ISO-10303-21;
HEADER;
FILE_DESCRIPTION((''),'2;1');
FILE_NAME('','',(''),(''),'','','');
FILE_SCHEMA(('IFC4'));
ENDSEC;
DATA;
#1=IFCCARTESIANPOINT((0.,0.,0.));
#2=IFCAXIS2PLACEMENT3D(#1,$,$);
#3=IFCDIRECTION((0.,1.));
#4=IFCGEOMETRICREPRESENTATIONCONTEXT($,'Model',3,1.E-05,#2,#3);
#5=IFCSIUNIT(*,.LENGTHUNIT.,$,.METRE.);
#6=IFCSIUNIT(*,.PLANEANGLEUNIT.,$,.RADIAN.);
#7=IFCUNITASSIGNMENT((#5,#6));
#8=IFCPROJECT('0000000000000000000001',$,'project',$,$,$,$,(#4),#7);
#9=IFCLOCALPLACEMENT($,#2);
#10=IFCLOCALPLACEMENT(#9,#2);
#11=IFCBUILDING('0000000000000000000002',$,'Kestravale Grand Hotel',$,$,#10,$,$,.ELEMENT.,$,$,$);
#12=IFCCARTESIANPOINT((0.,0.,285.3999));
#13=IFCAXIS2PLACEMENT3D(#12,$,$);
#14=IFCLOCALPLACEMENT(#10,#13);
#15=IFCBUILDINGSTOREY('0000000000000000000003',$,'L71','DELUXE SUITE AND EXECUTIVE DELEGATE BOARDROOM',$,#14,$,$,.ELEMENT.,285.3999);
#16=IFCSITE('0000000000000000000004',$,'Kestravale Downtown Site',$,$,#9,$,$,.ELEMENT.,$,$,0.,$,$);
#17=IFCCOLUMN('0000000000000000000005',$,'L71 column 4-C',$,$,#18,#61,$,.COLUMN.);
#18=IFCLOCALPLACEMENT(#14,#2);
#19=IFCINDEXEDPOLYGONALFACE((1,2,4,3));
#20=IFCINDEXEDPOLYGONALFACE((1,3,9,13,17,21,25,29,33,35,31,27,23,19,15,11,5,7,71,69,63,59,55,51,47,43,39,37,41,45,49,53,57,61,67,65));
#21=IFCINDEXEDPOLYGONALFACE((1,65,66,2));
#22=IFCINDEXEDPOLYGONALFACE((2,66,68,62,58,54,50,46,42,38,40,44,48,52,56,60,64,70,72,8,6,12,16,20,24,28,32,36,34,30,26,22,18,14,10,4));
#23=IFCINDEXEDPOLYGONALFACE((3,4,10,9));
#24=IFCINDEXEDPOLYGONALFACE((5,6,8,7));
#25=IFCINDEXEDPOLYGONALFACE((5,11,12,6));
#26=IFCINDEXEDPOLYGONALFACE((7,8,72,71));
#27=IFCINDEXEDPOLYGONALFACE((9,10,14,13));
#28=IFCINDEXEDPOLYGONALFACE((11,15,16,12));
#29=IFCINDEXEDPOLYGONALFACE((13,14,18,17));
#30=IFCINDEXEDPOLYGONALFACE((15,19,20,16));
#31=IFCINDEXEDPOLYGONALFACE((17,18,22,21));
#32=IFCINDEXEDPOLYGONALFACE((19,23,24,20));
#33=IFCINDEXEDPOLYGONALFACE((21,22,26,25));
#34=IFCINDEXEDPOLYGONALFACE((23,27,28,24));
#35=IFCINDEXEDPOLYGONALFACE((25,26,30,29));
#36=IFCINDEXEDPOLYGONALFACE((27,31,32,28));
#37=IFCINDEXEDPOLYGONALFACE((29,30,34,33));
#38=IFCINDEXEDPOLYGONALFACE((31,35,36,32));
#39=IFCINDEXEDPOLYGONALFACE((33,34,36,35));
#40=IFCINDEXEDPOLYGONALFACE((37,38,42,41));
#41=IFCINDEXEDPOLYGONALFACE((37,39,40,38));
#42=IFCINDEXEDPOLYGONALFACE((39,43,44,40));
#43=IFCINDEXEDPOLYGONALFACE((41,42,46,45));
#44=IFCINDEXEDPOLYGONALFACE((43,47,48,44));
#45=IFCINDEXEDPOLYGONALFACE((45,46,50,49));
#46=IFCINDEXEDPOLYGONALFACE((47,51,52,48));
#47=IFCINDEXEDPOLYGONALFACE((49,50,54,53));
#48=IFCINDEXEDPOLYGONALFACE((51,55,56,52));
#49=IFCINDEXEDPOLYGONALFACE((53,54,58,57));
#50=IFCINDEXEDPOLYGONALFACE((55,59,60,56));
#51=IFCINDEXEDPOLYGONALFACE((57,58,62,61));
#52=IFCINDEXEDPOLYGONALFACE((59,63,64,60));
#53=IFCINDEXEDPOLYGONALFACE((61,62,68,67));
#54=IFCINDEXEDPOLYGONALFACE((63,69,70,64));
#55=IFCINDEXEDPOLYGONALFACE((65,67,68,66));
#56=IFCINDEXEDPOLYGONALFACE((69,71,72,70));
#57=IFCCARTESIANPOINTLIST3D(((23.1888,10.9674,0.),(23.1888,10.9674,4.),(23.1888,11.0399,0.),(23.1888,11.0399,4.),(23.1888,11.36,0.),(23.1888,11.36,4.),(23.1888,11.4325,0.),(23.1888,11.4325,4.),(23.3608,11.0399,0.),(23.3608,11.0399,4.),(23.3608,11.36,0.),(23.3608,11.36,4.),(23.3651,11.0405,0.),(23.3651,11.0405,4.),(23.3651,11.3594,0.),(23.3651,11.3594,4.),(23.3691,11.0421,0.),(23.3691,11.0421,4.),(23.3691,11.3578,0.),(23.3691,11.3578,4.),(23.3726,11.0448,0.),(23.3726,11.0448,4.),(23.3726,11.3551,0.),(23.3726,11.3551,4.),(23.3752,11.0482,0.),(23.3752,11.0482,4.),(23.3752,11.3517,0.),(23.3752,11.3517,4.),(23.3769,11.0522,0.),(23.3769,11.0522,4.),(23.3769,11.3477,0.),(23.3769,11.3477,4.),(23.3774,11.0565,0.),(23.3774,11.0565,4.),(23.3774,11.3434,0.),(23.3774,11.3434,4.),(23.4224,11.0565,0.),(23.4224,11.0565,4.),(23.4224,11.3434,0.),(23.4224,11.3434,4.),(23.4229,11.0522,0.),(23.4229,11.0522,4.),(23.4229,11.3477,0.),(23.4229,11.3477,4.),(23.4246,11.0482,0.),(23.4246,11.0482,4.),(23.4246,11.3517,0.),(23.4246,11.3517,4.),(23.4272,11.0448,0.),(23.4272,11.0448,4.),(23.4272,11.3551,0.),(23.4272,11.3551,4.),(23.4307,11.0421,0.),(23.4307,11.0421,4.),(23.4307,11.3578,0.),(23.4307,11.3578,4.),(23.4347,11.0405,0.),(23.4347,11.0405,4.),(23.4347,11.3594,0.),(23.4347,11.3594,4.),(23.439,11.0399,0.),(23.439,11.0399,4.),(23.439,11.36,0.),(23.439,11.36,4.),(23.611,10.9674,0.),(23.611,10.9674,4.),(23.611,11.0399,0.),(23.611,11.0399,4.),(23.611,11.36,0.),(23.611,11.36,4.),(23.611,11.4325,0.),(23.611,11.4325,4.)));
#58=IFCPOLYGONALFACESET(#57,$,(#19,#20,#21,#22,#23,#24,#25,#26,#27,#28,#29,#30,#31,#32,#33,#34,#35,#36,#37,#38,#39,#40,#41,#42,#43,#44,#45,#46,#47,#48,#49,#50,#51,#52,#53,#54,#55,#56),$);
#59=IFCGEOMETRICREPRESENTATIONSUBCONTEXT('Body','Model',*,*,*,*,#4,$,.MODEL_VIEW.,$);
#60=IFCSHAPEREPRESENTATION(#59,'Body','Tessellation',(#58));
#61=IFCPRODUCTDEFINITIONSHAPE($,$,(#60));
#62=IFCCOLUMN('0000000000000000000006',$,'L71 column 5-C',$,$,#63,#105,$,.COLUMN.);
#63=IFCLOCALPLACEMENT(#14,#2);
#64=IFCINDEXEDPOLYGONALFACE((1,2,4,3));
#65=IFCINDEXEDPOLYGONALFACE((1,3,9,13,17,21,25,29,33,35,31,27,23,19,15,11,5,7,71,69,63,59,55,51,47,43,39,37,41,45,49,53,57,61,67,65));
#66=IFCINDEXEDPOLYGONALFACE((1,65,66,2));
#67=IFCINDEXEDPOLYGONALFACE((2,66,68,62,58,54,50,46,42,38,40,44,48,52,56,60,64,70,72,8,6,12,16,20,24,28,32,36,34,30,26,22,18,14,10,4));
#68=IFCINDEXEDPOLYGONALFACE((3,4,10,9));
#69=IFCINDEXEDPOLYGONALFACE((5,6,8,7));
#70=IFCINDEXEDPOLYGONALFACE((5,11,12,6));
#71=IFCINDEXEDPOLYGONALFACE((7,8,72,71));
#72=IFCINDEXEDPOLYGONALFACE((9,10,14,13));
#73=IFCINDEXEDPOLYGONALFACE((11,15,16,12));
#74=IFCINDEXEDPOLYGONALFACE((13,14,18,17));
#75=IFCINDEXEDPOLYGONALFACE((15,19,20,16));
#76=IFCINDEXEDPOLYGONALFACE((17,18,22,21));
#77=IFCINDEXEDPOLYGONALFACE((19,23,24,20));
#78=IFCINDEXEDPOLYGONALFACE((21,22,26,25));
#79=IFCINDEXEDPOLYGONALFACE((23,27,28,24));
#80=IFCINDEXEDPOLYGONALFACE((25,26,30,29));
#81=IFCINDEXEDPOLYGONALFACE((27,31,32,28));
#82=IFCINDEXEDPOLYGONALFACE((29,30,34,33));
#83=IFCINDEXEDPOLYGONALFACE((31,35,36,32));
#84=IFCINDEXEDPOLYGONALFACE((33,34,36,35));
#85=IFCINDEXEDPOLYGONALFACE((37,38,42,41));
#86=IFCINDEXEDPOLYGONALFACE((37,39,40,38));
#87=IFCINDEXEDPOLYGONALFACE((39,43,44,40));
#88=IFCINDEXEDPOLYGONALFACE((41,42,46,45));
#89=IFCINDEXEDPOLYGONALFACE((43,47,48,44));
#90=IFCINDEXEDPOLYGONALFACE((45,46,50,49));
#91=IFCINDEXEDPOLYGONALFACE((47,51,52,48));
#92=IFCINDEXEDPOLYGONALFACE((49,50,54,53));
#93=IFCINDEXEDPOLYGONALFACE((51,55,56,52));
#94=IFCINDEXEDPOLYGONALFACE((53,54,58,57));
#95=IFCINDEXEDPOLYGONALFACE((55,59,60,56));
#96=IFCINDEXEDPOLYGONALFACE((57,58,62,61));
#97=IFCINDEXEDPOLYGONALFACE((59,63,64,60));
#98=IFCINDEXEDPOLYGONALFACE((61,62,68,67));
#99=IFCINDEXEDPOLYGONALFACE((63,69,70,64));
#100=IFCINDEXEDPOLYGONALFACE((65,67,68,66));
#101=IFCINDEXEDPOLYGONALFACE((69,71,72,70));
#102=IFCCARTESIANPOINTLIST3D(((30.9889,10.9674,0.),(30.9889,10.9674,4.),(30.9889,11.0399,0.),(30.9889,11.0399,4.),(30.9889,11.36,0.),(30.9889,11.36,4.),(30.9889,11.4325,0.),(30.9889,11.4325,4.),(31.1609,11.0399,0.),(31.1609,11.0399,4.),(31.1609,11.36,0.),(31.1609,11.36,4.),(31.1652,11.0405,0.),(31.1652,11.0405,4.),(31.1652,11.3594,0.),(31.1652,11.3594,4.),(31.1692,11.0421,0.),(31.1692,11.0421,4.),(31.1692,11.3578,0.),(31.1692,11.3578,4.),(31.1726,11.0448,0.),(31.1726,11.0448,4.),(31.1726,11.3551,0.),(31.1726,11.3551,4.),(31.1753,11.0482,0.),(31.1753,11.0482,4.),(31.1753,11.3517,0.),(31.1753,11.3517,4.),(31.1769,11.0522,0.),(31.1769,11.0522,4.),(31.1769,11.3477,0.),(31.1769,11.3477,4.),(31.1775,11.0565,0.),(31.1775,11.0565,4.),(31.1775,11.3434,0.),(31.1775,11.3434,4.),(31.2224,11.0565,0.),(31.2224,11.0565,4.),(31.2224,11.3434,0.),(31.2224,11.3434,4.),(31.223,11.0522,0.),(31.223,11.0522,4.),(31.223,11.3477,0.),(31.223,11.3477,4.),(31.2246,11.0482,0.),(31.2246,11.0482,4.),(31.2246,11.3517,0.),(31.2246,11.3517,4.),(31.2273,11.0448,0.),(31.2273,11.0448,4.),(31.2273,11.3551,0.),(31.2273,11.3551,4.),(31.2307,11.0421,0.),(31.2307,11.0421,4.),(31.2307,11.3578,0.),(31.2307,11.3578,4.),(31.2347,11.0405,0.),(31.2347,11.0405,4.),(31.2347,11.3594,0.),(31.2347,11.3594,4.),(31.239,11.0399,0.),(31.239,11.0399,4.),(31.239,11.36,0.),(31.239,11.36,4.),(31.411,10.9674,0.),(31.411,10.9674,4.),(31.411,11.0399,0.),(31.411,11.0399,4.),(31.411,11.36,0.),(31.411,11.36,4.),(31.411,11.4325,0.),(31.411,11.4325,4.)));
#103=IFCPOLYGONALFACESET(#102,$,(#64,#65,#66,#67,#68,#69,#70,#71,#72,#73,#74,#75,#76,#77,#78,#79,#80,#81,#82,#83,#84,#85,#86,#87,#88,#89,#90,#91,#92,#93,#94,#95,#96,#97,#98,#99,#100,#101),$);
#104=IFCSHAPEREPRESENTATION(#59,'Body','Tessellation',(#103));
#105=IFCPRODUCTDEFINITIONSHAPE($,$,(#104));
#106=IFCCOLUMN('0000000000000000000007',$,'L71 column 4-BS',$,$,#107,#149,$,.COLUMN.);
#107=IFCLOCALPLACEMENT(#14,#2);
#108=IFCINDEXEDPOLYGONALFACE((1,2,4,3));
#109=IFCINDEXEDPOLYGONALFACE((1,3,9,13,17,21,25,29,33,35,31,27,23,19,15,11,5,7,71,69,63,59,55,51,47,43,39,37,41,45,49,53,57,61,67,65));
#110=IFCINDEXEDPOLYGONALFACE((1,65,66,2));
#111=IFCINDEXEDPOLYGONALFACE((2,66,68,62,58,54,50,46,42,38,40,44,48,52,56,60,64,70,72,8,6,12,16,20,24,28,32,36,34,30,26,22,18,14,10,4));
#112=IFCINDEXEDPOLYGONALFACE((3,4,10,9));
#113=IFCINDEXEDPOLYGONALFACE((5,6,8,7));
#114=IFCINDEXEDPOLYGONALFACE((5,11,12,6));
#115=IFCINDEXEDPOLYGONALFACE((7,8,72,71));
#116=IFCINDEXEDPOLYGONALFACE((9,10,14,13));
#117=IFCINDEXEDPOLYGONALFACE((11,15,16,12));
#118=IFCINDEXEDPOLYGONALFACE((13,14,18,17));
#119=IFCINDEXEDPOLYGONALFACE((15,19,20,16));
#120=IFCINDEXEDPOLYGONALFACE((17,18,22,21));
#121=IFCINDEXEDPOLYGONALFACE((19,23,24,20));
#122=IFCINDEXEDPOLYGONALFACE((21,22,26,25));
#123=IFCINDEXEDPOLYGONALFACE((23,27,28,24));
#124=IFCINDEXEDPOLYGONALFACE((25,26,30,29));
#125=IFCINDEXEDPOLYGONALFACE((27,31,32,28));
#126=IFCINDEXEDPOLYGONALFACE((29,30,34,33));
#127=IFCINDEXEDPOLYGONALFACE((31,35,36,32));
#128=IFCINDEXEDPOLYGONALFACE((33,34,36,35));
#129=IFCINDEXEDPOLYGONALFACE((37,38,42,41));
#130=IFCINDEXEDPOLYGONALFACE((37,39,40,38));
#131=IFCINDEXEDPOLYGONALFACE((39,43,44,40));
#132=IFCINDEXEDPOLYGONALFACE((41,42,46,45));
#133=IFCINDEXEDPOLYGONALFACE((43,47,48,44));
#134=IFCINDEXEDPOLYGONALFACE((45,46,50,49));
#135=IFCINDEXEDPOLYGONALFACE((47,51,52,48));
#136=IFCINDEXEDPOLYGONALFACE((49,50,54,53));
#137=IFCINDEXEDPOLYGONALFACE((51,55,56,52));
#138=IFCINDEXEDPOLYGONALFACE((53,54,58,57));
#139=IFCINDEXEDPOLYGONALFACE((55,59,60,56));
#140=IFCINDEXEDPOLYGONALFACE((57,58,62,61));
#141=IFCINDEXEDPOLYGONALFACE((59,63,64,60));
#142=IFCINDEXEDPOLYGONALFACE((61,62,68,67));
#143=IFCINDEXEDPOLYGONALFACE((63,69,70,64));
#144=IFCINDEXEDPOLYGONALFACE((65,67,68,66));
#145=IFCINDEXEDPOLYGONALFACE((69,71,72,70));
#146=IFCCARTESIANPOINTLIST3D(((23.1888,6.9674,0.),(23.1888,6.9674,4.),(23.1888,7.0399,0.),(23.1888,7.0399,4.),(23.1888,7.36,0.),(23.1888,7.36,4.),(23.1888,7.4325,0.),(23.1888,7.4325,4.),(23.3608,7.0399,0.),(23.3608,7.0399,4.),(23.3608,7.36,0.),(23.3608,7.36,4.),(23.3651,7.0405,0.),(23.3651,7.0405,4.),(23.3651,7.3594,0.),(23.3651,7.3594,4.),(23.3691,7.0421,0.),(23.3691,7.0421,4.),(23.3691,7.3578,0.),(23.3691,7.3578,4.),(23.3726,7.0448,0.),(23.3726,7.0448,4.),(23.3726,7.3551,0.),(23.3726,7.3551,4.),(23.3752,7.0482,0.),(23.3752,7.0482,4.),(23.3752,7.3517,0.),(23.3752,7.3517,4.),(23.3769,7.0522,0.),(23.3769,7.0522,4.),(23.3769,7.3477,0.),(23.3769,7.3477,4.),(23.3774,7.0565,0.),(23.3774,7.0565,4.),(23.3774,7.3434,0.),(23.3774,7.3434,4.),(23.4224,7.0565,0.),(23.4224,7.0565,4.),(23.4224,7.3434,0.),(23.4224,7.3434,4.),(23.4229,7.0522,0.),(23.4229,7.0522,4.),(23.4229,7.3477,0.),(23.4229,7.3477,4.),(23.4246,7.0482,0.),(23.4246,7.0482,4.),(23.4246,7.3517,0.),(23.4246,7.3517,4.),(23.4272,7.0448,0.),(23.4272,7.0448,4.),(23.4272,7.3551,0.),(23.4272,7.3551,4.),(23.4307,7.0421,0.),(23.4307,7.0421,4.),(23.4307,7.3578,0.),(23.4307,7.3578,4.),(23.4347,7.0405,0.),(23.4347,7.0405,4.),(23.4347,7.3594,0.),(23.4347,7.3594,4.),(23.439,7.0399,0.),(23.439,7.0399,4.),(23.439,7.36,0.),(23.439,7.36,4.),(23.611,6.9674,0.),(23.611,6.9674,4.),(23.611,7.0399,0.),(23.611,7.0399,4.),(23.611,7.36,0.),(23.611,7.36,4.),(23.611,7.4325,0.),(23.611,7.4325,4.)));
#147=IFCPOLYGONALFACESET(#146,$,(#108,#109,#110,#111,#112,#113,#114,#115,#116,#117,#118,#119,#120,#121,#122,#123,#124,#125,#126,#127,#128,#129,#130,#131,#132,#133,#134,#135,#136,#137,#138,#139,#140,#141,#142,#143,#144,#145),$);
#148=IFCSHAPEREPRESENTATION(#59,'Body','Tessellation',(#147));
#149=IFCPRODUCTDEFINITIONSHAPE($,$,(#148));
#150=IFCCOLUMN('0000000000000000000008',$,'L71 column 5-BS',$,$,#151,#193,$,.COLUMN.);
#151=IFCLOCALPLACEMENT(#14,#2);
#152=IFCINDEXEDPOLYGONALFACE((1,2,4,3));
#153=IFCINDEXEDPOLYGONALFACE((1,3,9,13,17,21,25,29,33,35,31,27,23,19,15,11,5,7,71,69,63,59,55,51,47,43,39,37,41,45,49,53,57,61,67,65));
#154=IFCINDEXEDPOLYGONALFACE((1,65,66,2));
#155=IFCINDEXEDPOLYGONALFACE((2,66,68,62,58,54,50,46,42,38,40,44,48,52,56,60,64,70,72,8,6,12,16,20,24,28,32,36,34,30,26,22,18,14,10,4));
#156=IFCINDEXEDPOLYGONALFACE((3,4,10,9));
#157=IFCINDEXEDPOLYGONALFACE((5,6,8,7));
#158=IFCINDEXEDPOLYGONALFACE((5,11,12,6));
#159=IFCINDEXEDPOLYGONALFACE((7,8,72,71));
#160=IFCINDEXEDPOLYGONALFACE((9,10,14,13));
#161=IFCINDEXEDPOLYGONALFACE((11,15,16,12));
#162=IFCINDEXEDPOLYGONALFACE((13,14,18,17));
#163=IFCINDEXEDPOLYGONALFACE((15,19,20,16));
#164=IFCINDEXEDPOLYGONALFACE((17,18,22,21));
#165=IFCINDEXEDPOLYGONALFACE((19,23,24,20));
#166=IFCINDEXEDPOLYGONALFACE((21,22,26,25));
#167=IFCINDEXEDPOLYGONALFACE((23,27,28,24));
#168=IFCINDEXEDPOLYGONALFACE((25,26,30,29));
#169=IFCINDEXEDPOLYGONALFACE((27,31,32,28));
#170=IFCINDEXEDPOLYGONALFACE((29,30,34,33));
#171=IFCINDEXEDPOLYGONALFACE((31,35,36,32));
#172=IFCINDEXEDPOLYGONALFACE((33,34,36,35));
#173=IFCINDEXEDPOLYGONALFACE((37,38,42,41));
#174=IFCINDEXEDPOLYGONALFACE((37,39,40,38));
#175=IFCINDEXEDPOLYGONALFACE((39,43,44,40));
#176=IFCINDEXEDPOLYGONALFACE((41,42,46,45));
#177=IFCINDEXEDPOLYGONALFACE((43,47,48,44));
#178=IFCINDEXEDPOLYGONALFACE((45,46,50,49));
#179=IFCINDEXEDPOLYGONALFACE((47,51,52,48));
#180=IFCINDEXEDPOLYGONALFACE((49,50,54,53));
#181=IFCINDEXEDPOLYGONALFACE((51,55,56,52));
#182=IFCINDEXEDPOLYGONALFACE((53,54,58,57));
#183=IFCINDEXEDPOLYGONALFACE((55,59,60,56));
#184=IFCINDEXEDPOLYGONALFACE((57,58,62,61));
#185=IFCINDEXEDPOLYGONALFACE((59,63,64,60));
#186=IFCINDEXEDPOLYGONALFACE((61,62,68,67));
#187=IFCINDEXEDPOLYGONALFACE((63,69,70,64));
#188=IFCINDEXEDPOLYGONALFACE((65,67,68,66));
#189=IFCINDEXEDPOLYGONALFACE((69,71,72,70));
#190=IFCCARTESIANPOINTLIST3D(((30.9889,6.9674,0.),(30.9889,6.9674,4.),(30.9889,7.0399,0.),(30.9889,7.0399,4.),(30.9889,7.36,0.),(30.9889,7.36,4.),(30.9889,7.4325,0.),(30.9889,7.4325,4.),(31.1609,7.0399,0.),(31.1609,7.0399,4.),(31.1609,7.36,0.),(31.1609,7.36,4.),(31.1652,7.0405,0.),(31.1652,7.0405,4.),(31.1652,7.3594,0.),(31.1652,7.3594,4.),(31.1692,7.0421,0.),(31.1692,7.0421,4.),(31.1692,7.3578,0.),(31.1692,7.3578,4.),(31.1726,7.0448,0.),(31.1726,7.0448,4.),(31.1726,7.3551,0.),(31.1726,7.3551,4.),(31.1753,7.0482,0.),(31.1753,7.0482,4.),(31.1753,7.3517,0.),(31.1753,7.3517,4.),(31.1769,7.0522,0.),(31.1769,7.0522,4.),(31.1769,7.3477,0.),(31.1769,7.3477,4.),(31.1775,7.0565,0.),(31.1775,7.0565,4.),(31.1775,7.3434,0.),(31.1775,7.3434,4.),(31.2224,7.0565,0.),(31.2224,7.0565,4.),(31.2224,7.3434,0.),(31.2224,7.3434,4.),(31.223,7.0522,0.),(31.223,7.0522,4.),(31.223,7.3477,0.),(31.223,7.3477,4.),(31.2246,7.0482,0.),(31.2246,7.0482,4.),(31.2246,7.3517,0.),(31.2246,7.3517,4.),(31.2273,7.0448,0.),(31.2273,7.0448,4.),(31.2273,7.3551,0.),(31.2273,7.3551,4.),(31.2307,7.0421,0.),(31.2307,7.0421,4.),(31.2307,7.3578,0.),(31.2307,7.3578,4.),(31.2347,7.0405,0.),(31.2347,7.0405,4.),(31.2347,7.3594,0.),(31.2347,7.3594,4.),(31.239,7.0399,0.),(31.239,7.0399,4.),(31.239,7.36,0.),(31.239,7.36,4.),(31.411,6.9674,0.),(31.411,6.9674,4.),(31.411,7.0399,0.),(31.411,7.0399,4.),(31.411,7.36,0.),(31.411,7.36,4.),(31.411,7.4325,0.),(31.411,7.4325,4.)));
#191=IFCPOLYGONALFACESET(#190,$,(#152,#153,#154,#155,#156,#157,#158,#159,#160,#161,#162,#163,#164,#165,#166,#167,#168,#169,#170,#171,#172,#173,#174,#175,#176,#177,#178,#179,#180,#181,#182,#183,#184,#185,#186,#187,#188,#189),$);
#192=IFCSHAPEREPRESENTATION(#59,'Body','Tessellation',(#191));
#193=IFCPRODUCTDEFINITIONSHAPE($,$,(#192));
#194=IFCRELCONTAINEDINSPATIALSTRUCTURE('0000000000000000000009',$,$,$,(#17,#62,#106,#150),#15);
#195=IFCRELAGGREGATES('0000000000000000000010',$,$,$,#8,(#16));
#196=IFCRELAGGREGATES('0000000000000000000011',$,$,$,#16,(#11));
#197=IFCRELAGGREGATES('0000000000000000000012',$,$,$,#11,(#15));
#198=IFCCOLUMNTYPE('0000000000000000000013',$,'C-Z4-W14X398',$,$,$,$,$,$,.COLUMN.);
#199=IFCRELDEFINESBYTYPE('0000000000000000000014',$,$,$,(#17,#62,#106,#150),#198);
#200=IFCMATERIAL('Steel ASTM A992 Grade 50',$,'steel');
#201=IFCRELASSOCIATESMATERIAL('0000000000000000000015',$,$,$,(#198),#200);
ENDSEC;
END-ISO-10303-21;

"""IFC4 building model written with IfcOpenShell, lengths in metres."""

from ifc_helpers import new_model, si_unit, direction, frame, origin, origin_2d, place, context, subcontext, project, spatial, i_section, extrude, material, material_profile, profile_set, type_object, element, save


model = new_model("IFC4")

# Units and contexts
model_context = context("Model", 3, precision=1e-05, world=origin(), true_north=direction((0.0, 1.0)))
body_context = subcontext(model_context, "Body", "Model", "MODEL_VIEW")
ifc_project = project(units=[si_unit("LENGTHUNIT", "METRE"), si_unit("PLANEANGLEUNIT", "RADIAN")], contexts=[model_context])

# Site, building, storey
site_placement = place(None, origin())
site = spatial("IfcSite", under=ifc_project, at=site_placement, Name="Kestravale Downtown Site", CompositionType="ELEMENT", RefElevation=0.0)
building_placement = place(site_placement, origin())
building = spatial("IfcBuilding", under=site, at=building_placement, Name="Kestravale Grand Hotel", CompositionType="ELEMENT")
storey_placement = place(building_placement, frame((0.0, 0.0, 285.3999)))
storey = spatial("IfcBuildingStorey", under=building, at=storey_placement, Name="L71", Description="DELUXE SUITE AND EXECUTIVE DELEGATE BOARDROOM", CompositionType="ELEMENT", Elevation=285.3999)

# Columns
ifc_material_1 = material(Name="Steel ASTM A992 Grade 50", Category="steel")
ifc_material_profile_1 = material_profile(ifc_material_1, i_section(OverallWidth=0.4221, OverallDepth=0.4651, WebThickness=0.0449, FlangeThickness=0.0725, FilletRadius=0.0166, at=origin_2d()))
ifc_profile_set_1 = profile_set([ifc_material_profile_1], Name="Steel ASTM A992 Grade 50")
column_type = type_object("IfcColumnType", Name="C-Z4-W14X398", PredefinedType="COLUMN", material=ifc_profile_set_1)
for number, where, z_axis, x_axis, name in (
    (1, (23.3999, 11.2, 0.0), (0.0, 0.0, 1.0), (1.0, 0.0, 0.0), "L71 column 4-C"),
    (2, (31.2, 11.2, 0.0), (0.0, 0.0, 1.0), (1.0, 0.0, 0.0), "L71 column 5-C"),
    (3, (23.3999, 7.2, 0.0), (0.0, 0.0, 1.0), (1.0, 0.0, 0.0), "L71 column 4-BS"),
    (4, (31.2, 7.2, 0.0), (0.0, 0.0, 1.0), (1.0, 0.0, 0.0), "L71 column 5-BS"),
):
    element("IfcColumn", number, at=place(storey_placement, frame(where, z_axis=z_axis, x_axis=x_axis)), inside=storey, type_object=column_type, Name=name, PredefinedType="COLUMN", context=body_context, shape_type="SweptSolid", body=[
        extrude(i_section(OverallWidth=0.4221, OverallDepth=0.4651, WebThickness=0.0449, FlangeThickness=0.0725, FilletRadius=0.0166, at=origin_2d()), origin(), (0.0, 0.0, 1.0), 4.0),
    ])

save(model, "model.ifc")
